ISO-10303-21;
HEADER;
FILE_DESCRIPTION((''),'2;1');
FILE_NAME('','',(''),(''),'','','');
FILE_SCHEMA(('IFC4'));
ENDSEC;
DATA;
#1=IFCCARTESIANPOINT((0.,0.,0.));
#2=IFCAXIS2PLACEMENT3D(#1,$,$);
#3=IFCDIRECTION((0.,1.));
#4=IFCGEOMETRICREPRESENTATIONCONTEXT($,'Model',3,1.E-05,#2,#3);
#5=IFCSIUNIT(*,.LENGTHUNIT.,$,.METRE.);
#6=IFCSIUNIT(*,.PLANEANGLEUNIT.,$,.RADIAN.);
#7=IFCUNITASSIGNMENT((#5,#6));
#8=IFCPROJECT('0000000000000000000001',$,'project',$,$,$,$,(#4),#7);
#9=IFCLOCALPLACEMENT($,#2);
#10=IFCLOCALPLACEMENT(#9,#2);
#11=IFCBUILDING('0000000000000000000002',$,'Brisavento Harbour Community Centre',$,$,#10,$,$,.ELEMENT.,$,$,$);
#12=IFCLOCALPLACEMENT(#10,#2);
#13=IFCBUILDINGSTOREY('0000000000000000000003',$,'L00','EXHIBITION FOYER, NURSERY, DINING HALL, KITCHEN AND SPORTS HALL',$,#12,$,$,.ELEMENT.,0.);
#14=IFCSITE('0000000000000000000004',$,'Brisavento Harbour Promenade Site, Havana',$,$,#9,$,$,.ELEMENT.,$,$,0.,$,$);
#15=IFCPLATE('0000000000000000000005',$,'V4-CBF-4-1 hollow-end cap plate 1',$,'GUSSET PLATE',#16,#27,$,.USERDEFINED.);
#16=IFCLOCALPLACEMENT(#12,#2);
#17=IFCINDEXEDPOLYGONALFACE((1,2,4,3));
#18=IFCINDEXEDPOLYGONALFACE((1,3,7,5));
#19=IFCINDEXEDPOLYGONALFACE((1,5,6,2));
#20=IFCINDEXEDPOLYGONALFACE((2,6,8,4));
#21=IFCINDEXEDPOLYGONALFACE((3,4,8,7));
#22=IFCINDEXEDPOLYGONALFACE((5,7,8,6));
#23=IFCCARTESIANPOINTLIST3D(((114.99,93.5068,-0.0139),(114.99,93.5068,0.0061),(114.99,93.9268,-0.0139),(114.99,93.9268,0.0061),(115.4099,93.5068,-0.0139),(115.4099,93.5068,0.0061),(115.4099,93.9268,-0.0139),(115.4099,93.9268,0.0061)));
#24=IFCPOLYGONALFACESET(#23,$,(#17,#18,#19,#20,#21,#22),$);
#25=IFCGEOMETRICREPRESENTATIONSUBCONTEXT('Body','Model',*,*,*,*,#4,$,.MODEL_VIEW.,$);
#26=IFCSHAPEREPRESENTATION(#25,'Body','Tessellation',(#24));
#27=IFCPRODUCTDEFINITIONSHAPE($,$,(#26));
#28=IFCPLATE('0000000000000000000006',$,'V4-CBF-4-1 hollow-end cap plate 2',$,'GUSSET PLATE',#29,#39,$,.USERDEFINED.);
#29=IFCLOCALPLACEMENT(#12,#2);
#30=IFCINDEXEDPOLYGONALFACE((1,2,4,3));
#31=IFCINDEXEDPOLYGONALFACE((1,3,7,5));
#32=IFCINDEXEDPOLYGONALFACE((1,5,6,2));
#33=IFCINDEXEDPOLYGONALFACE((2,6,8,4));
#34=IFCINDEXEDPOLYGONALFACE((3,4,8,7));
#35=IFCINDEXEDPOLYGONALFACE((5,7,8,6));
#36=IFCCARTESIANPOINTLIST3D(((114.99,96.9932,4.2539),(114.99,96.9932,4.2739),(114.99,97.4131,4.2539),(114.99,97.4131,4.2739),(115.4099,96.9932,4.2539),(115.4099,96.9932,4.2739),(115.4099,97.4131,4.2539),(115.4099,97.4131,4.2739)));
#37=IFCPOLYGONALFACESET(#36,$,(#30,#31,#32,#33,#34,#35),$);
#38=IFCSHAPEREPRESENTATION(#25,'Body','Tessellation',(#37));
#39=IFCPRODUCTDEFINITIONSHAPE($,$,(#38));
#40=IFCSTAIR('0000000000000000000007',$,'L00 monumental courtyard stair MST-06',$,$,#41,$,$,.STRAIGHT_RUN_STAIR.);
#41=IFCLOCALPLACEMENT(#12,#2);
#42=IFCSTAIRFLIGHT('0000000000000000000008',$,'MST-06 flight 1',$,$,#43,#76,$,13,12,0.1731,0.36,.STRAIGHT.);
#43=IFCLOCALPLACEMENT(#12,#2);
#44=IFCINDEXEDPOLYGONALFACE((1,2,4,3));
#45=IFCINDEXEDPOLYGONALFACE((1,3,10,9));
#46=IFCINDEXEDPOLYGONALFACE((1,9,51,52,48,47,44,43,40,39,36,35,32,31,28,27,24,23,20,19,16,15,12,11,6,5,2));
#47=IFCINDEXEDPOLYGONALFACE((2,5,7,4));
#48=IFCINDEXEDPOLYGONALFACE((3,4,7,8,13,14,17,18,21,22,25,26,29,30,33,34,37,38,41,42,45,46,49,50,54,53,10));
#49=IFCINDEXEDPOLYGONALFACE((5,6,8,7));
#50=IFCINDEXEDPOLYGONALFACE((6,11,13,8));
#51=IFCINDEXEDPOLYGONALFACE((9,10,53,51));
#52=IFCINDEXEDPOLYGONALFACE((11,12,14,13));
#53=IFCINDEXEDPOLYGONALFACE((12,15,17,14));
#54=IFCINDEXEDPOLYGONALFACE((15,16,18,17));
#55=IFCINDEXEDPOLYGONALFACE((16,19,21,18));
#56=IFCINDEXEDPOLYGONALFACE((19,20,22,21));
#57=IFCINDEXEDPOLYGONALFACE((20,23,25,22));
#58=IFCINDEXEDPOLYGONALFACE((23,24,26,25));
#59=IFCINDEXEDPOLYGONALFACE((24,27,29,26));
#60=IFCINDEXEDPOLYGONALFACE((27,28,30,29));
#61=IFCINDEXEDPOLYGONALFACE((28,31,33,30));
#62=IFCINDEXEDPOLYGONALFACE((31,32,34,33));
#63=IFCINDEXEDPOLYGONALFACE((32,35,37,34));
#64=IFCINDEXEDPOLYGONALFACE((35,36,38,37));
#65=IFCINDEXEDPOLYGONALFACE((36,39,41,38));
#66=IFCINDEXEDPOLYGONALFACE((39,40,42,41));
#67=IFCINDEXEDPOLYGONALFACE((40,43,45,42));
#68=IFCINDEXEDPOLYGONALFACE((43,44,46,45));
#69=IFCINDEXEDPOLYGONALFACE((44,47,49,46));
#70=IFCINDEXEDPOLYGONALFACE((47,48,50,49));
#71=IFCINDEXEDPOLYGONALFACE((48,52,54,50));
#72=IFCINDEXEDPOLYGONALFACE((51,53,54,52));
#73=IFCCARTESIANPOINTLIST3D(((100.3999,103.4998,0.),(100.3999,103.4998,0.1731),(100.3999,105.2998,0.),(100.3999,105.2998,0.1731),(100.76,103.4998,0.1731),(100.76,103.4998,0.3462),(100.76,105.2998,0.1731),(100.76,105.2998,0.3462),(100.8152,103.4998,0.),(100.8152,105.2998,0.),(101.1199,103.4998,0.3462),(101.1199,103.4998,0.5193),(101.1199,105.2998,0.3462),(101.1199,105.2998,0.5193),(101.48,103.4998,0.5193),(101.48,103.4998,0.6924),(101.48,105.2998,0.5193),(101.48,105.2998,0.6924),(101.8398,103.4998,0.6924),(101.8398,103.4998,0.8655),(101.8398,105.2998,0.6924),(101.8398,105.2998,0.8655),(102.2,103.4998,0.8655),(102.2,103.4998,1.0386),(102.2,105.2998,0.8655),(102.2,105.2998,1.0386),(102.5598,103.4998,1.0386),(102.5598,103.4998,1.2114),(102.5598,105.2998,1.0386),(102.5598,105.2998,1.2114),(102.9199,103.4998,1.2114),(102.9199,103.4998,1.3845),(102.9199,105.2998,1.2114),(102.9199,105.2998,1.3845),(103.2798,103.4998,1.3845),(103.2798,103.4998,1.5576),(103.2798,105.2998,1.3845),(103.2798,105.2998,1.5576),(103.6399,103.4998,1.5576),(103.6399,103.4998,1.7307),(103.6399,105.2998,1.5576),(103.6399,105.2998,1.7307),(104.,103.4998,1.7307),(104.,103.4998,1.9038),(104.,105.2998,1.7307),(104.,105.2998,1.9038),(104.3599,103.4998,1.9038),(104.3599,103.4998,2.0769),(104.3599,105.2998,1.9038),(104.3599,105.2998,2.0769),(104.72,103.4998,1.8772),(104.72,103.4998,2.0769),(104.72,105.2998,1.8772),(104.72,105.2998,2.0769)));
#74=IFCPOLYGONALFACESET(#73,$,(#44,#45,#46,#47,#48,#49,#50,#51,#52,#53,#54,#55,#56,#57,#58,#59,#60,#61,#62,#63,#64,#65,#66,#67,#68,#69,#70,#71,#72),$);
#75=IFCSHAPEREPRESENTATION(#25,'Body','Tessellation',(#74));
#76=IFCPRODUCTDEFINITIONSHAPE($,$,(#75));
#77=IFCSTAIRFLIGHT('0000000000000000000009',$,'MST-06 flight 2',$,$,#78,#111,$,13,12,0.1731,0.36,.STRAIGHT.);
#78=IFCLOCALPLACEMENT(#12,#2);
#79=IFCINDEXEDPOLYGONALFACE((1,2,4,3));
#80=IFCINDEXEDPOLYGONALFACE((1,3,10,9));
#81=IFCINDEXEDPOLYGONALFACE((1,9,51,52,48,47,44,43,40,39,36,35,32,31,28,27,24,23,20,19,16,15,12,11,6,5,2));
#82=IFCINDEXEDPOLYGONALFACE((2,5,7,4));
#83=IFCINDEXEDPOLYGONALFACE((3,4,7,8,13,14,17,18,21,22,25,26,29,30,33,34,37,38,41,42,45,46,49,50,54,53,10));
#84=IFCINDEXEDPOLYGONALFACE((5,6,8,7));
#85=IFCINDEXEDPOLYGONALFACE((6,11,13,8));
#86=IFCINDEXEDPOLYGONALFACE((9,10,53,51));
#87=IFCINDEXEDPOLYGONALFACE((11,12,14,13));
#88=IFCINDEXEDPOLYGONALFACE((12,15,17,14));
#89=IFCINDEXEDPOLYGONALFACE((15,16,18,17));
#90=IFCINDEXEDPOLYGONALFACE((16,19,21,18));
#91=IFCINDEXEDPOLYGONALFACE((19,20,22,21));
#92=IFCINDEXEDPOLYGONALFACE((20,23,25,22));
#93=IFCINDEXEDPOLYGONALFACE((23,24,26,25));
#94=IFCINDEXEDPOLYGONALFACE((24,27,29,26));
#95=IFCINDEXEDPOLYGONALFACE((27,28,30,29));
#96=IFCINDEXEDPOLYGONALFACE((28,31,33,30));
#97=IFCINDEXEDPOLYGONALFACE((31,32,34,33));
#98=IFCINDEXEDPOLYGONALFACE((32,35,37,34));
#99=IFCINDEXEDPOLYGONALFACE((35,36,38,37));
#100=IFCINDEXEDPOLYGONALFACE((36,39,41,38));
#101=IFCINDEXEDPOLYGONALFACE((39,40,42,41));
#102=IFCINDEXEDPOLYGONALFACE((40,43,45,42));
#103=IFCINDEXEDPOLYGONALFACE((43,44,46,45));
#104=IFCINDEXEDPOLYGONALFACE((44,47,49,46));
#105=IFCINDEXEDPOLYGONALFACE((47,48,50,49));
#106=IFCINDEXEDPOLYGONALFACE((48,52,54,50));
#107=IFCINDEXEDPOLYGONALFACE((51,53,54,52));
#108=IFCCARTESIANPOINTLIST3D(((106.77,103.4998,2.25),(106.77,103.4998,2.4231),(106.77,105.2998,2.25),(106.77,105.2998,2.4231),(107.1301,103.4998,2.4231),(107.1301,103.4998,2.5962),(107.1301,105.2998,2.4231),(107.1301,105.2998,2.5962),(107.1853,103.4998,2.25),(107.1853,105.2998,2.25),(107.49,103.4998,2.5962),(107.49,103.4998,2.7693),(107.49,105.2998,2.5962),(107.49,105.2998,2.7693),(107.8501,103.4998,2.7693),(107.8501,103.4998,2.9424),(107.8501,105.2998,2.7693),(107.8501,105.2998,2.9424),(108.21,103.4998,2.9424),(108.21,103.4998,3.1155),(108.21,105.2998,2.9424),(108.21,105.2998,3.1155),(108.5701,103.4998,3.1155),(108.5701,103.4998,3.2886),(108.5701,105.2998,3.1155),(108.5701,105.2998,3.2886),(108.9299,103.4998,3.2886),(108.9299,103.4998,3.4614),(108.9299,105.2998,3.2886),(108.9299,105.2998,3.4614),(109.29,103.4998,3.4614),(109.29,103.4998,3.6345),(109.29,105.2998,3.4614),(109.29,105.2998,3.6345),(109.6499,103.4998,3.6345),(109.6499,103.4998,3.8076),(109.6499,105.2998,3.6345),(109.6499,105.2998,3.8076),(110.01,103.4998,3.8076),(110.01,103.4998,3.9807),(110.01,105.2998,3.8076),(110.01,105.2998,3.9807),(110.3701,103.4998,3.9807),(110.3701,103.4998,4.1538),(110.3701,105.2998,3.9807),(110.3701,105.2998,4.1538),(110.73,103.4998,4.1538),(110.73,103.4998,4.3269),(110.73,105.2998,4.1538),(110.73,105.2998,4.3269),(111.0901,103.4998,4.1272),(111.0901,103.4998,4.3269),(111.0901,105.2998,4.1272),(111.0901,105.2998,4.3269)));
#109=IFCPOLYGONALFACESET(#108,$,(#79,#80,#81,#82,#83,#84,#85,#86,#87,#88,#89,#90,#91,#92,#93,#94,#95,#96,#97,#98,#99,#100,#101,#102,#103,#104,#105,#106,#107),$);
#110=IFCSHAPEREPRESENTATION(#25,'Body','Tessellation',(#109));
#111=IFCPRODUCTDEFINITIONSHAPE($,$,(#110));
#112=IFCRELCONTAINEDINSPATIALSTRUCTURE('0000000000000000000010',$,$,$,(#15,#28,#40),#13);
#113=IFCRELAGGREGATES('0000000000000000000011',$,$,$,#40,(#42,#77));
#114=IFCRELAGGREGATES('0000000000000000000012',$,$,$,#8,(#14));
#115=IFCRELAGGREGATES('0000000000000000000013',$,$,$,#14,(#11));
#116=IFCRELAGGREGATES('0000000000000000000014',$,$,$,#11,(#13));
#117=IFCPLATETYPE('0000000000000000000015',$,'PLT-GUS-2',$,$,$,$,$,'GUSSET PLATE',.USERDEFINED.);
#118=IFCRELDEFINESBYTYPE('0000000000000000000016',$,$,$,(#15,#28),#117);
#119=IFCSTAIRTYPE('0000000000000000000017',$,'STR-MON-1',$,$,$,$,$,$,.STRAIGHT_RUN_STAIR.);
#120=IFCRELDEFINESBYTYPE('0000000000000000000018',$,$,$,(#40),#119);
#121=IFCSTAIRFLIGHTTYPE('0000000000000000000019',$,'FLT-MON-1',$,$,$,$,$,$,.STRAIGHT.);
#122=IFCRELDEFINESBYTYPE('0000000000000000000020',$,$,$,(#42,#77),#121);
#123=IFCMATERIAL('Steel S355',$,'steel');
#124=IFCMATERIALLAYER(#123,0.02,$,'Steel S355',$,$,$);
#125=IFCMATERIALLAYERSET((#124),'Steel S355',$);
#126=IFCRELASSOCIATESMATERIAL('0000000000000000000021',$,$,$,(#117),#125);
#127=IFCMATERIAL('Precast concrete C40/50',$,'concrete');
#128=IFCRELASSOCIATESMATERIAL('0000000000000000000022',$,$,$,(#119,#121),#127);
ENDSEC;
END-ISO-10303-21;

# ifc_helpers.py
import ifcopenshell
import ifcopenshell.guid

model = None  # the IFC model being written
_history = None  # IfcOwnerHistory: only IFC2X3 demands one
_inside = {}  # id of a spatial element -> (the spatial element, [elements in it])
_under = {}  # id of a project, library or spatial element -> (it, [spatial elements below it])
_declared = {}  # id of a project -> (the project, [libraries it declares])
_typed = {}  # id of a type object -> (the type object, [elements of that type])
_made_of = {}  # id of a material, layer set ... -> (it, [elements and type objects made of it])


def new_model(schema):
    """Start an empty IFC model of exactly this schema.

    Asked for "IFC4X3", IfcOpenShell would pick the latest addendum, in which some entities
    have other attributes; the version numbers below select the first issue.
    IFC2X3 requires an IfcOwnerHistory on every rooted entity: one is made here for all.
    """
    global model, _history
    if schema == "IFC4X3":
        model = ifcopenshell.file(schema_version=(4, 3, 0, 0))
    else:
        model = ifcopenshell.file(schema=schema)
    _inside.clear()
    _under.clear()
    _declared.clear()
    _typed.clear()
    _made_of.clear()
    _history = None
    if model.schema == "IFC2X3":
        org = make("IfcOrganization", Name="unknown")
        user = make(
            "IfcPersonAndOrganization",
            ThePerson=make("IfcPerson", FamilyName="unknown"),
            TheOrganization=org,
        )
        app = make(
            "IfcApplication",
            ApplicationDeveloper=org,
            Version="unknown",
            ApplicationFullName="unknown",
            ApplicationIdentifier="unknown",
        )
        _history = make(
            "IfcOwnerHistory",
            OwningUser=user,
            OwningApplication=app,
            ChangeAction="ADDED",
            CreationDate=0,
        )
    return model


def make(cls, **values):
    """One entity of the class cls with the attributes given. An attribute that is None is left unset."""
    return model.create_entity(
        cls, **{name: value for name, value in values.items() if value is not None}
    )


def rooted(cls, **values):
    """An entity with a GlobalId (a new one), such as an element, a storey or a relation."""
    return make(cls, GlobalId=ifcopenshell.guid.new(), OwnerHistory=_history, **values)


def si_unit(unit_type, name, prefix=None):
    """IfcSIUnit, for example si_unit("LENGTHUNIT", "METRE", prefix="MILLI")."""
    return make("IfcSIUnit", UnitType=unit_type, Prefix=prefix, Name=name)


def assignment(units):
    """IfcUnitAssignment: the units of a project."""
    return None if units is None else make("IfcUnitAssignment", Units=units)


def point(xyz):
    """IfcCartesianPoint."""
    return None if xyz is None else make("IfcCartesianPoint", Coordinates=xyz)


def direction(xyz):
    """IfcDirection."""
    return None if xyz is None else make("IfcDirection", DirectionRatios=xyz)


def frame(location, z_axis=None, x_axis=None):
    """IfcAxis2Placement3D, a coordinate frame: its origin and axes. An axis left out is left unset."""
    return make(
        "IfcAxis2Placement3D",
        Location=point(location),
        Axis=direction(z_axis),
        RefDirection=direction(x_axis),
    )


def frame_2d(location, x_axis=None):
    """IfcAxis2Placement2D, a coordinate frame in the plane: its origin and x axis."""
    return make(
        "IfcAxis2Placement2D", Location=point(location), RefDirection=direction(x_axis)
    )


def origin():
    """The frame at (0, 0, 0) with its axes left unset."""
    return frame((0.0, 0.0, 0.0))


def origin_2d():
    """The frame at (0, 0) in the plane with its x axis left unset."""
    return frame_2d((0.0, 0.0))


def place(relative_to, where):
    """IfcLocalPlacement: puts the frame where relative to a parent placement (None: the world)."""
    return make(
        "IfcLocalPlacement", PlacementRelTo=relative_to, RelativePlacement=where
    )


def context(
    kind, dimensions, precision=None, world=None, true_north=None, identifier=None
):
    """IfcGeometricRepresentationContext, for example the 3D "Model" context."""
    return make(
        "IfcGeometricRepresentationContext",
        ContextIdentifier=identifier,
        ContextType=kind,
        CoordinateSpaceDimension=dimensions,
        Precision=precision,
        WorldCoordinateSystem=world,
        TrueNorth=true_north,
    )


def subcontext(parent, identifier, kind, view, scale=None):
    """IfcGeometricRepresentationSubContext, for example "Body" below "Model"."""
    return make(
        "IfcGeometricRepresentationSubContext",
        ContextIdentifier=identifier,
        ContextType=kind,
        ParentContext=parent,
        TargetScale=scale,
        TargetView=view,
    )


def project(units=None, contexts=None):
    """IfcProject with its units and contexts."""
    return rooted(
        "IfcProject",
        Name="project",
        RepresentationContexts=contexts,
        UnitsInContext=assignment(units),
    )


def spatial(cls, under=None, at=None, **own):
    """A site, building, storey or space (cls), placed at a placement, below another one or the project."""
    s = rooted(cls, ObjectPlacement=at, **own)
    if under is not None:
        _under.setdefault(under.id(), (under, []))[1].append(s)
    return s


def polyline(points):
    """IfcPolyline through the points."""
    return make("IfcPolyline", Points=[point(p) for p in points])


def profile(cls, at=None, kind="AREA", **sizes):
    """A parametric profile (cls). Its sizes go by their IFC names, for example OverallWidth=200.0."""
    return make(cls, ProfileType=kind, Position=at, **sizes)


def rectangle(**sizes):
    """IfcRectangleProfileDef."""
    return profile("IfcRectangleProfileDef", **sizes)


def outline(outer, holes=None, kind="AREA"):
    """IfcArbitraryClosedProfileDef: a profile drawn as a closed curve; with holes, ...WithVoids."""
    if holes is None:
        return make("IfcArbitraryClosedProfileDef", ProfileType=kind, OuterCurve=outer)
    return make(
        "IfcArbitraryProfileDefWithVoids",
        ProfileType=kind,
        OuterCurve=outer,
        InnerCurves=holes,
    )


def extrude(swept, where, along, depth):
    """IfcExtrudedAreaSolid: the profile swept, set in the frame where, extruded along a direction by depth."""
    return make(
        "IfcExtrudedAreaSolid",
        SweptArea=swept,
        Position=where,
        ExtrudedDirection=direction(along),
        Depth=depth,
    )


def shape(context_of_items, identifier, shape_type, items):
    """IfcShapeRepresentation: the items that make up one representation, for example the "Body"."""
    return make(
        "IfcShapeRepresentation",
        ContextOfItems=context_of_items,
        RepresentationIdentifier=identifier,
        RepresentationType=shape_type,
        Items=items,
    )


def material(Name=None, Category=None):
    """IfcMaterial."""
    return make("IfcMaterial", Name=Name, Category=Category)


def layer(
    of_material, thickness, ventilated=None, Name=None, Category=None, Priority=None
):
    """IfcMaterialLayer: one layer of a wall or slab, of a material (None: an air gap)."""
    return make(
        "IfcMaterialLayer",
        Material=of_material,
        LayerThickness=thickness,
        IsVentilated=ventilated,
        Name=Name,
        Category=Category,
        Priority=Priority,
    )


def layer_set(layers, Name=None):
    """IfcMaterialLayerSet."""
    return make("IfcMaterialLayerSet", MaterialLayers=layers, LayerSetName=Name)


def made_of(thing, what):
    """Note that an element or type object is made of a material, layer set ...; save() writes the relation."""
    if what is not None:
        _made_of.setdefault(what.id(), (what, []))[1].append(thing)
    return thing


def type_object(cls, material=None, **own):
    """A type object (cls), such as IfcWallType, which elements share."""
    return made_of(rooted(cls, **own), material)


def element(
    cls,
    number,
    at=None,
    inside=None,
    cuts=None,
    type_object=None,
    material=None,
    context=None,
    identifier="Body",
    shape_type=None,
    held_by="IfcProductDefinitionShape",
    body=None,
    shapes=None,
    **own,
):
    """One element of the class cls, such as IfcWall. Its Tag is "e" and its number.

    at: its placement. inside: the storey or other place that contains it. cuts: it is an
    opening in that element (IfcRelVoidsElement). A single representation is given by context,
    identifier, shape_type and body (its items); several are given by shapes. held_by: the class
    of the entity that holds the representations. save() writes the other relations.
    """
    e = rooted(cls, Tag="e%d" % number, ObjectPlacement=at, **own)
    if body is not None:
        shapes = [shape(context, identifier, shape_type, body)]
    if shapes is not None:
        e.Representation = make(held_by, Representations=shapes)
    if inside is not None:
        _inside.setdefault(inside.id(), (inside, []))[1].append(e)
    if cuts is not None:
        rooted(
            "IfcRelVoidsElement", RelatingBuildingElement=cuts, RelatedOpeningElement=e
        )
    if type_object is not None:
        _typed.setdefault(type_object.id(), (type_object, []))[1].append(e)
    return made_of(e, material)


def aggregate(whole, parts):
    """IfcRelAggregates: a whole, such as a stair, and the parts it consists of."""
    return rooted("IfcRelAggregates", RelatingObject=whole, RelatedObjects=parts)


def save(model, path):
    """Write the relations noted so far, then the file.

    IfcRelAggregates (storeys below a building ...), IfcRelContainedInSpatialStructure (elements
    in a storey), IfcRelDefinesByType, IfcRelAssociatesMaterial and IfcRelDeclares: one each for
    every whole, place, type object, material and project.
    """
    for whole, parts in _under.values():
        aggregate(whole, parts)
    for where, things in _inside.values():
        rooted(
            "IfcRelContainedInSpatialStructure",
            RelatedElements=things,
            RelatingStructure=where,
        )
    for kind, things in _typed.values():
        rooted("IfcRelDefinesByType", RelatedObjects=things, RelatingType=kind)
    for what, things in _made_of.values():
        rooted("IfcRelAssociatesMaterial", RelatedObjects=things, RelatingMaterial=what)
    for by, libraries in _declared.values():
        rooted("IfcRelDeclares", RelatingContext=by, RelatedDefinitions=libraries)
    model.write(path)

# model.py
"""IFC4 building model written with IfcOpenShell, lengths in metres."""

from ifc_helpers import new_model, si_unit, direction, frame, origin, origin_2d, place, context, subcontext, project, spatial, polyline, rectangle, outline, extrude, material, layer, layer_set, type_object, element, aggregate, save


model = new_model("IFC4")

# Units and contexts
model_context = context("Model", 3, precision=1e-05, world=origin(), true_north=direction((0.0, 1.0)))
body_context = subcontext(model_context, "Body", "Model", "MODEL_VIEW")
ifc_project = project(units=[si_unit("LENGTHUNIT", "METRE"), si_unit("PLANEANGLEUNIT", "RADIAN")], contexts=[model_context])

# Site, building, storey
site_placement = place(None, origin())
site = spatial("IfcSite", under=ifc_project, at=site_placement, Name="Brisavento Harbour Promenade Site, Havana", CompositionType="ELEMENT", RefElevation=0.0)
building_placement = place(site_placement, origin())
building = spatial("IfcBuilding", under=site, at=building_placement, Name="Brisavento Harbour Community Centre", CompositionType="ELEMENT")
storey_placement = place(building_placement, origin())
storey = spatial("IfcBuildingStorey", under=building, at=storey_placement, Name="L00", Description="EXHIBITION FOYER, NURSERY, DINING HALL, KITCHEN AND SPORTS HALL", CompositionType="ELEMENT", Elevation=0.0)

# Shared definitions
ifc_material_1 = material(Name="Steel S355", Category="steel")

# Plates
ifc_layer = layer(ifc_material_1, 0.02, Name="Steel S355")
ifc_layer_set = layer_set([ifc_layer], Name="Steel S355")
plate_type = type_object("IfcPlateType", Name="PLT-GUS-2", ElementType="GUSSET PLATE", PredefinedType="USERDEFINED", material=ifc_layer_set)
for number, where, z_axis, x_axis, name in (
    (1, (115.2, 93.7168, -0.0139), (0.0, 0.0, 1.0), (0.0, 1.0, 0.0), "V4-CBF-4-1 hollow-end cap plate 1"),
    (2, (115.2, 97.2031, 4.2539), (0.0, 0.0, 1.0), (0.0, 1.0, 0.0), "V4-CBF-4-1 hollow-end cap plate 2"),
):
    element("IfcPlate", number, at=place(storey_placement, frame(where, z_axis=z_axis, x_axis=x_axis)), inside=storey, type_object=plate_type, Name=name, ObjectType="GUSSET PLATE", PredefinedType="USERDEFINED", context=body_context, shape_type="SweptSolid", body=[
        extrude(rectangle(XDim=0.4199, YDim=0.4199, at=origin_2d()), origin(), (0.0, 0.0, 1.0), 0.02),
    ])

# Stair, stair flights
ifc_material_2 = material(Name="Precast concrete C40/50", Category="concrete")
stair_type = type_object("IfcStairType", Name="STR-MON-1", PredefinedType="STRAIGHT_RUN_STAIR", material=ifc_material_2)
stair_placement = place(storey_placement, origin())
stair = element("IfcStair", 3, at=stair_placement, inside=storey, type_object=stair_type, Name="L00 monumental courtyard stair MST-06", PredefinedType="STRAIGHT_RUN_STAIR")
stair_flight_type = type_object("IfcStairFlightType", Name="FLT-MON-1", PredefinedType="STRAIGHT", material=ifc_material_2)
stair_flight_1_placement = place(storey_placement, frame((100.3999, 104.3999, 0.0), z_axis=(0.0, 0.0, 1.0), x_axis=(1.0, 0.0, 0.0)))
stair_flight_1 = element("IfcStairFlight", 4, at=stair_flight_1_placement, type_object=stair_flight_type, Name="MST-06 flight 1", NumberOfRisers=13, NumberOfTreads=12, PredefinedType="STRAIGHT", RiserHeight=0.1731, TreadLength=0.36, context=body_context, shape_type="SweptSolid", body=[
    extrude(outline(polyline([(0.0, 0.0), (0.0, 0.1731), (0.3601, 0.1731), (0.3601, 0.3462), (0.72, 0.3462), (0.72, 0.5193), (1.0801, 0.5193), (1.0801, 0.6924), (1.4399, 0.6924), (1.4399, 0.8655), (1.8, 0.8655), (1.8, 1.0386), (2.1599, 1.0386), (2.1599, 1.2114), (2.52, 1.2114), (2.52, 1.3845), (2.8799, 1.3845), (2.8799, 1.5576), (3.24, 1.5576), (3.24, 1.7307), (3.6001, 1.7307), (3.6001, 1.9038), (3.96, 1.9038), (3.96, 2.0769), (4.3201, 2.0769), (4.3201, 2.25), (4.3201, 1.8772), (0.4153, 0.0), (0.0, 0.0)])), frame((0.0, 0.8999, 0.0), z_axis=(0.0, -1.0, 0.0), x_axis=(1.0, 0.0, 0.0)), (0.0, 0.0, 1.0), 1.8),
])
stair_flight_2_placement = place(storey_placement, frame((106.77, 104.3999, 2.25), z_axis=(0.0, 0.0, 1.0), x_axis=(1.0, 0.0, 0.0)))
stair_flight_2 = element("IfcStairFlight", 5, at=stair_flight_2_placement, type_object=stair_flight_type, Name="MST-06 flight 2", NumberOfRisers=13, NumberOfTreads=12, PredefinedType="STRAIGHT", RiserHeight=0.1731, TreadLength=0.36, context=body_context, shape_type="SweptSolid", body=[
    extrude(outline(polyline([(0.0, 0.0), (0.0, 0.1731), (0.3601, 0.1731), (0.3601, 0.3462), (0.72, 0.3462), (0.72, 0.5193), (1.0801, 0.5193), (1.0801, 0.6924), (1.4399, 0.6924), (1.4399, 0.8655), (1.8, 0.8655), (1.8, 1.0386), (2.1599, 1.0386), (2.1599, 1.2114), (2.52, 1.2114), (2.52, 1.3845), (2.8799, 1.3845), (2.8799, 1.5576), (3.24, 1.5576), (3.24, 1.7307), (3.6001, 1.7307), (3.6001, 1.9038), (3.96, 1.9038), (3.96, 2.0769), (4.3201, 2.0769), (4.3201, 2.25), (4.3201, 1.8772), (0.4153, 0.0), (0.0, 0.0)])), frame((0.0, 0.8999, 0.0), z_axis=(0.0, -1.0, 0.0), x_axis=(1.0, 0.0, 0.0)), (0.0, 0.0, 1.0), 1.8),
])
aggregate(stair, [stair_flight_1, stair_flight_2])

save(model, "model.ifc")
